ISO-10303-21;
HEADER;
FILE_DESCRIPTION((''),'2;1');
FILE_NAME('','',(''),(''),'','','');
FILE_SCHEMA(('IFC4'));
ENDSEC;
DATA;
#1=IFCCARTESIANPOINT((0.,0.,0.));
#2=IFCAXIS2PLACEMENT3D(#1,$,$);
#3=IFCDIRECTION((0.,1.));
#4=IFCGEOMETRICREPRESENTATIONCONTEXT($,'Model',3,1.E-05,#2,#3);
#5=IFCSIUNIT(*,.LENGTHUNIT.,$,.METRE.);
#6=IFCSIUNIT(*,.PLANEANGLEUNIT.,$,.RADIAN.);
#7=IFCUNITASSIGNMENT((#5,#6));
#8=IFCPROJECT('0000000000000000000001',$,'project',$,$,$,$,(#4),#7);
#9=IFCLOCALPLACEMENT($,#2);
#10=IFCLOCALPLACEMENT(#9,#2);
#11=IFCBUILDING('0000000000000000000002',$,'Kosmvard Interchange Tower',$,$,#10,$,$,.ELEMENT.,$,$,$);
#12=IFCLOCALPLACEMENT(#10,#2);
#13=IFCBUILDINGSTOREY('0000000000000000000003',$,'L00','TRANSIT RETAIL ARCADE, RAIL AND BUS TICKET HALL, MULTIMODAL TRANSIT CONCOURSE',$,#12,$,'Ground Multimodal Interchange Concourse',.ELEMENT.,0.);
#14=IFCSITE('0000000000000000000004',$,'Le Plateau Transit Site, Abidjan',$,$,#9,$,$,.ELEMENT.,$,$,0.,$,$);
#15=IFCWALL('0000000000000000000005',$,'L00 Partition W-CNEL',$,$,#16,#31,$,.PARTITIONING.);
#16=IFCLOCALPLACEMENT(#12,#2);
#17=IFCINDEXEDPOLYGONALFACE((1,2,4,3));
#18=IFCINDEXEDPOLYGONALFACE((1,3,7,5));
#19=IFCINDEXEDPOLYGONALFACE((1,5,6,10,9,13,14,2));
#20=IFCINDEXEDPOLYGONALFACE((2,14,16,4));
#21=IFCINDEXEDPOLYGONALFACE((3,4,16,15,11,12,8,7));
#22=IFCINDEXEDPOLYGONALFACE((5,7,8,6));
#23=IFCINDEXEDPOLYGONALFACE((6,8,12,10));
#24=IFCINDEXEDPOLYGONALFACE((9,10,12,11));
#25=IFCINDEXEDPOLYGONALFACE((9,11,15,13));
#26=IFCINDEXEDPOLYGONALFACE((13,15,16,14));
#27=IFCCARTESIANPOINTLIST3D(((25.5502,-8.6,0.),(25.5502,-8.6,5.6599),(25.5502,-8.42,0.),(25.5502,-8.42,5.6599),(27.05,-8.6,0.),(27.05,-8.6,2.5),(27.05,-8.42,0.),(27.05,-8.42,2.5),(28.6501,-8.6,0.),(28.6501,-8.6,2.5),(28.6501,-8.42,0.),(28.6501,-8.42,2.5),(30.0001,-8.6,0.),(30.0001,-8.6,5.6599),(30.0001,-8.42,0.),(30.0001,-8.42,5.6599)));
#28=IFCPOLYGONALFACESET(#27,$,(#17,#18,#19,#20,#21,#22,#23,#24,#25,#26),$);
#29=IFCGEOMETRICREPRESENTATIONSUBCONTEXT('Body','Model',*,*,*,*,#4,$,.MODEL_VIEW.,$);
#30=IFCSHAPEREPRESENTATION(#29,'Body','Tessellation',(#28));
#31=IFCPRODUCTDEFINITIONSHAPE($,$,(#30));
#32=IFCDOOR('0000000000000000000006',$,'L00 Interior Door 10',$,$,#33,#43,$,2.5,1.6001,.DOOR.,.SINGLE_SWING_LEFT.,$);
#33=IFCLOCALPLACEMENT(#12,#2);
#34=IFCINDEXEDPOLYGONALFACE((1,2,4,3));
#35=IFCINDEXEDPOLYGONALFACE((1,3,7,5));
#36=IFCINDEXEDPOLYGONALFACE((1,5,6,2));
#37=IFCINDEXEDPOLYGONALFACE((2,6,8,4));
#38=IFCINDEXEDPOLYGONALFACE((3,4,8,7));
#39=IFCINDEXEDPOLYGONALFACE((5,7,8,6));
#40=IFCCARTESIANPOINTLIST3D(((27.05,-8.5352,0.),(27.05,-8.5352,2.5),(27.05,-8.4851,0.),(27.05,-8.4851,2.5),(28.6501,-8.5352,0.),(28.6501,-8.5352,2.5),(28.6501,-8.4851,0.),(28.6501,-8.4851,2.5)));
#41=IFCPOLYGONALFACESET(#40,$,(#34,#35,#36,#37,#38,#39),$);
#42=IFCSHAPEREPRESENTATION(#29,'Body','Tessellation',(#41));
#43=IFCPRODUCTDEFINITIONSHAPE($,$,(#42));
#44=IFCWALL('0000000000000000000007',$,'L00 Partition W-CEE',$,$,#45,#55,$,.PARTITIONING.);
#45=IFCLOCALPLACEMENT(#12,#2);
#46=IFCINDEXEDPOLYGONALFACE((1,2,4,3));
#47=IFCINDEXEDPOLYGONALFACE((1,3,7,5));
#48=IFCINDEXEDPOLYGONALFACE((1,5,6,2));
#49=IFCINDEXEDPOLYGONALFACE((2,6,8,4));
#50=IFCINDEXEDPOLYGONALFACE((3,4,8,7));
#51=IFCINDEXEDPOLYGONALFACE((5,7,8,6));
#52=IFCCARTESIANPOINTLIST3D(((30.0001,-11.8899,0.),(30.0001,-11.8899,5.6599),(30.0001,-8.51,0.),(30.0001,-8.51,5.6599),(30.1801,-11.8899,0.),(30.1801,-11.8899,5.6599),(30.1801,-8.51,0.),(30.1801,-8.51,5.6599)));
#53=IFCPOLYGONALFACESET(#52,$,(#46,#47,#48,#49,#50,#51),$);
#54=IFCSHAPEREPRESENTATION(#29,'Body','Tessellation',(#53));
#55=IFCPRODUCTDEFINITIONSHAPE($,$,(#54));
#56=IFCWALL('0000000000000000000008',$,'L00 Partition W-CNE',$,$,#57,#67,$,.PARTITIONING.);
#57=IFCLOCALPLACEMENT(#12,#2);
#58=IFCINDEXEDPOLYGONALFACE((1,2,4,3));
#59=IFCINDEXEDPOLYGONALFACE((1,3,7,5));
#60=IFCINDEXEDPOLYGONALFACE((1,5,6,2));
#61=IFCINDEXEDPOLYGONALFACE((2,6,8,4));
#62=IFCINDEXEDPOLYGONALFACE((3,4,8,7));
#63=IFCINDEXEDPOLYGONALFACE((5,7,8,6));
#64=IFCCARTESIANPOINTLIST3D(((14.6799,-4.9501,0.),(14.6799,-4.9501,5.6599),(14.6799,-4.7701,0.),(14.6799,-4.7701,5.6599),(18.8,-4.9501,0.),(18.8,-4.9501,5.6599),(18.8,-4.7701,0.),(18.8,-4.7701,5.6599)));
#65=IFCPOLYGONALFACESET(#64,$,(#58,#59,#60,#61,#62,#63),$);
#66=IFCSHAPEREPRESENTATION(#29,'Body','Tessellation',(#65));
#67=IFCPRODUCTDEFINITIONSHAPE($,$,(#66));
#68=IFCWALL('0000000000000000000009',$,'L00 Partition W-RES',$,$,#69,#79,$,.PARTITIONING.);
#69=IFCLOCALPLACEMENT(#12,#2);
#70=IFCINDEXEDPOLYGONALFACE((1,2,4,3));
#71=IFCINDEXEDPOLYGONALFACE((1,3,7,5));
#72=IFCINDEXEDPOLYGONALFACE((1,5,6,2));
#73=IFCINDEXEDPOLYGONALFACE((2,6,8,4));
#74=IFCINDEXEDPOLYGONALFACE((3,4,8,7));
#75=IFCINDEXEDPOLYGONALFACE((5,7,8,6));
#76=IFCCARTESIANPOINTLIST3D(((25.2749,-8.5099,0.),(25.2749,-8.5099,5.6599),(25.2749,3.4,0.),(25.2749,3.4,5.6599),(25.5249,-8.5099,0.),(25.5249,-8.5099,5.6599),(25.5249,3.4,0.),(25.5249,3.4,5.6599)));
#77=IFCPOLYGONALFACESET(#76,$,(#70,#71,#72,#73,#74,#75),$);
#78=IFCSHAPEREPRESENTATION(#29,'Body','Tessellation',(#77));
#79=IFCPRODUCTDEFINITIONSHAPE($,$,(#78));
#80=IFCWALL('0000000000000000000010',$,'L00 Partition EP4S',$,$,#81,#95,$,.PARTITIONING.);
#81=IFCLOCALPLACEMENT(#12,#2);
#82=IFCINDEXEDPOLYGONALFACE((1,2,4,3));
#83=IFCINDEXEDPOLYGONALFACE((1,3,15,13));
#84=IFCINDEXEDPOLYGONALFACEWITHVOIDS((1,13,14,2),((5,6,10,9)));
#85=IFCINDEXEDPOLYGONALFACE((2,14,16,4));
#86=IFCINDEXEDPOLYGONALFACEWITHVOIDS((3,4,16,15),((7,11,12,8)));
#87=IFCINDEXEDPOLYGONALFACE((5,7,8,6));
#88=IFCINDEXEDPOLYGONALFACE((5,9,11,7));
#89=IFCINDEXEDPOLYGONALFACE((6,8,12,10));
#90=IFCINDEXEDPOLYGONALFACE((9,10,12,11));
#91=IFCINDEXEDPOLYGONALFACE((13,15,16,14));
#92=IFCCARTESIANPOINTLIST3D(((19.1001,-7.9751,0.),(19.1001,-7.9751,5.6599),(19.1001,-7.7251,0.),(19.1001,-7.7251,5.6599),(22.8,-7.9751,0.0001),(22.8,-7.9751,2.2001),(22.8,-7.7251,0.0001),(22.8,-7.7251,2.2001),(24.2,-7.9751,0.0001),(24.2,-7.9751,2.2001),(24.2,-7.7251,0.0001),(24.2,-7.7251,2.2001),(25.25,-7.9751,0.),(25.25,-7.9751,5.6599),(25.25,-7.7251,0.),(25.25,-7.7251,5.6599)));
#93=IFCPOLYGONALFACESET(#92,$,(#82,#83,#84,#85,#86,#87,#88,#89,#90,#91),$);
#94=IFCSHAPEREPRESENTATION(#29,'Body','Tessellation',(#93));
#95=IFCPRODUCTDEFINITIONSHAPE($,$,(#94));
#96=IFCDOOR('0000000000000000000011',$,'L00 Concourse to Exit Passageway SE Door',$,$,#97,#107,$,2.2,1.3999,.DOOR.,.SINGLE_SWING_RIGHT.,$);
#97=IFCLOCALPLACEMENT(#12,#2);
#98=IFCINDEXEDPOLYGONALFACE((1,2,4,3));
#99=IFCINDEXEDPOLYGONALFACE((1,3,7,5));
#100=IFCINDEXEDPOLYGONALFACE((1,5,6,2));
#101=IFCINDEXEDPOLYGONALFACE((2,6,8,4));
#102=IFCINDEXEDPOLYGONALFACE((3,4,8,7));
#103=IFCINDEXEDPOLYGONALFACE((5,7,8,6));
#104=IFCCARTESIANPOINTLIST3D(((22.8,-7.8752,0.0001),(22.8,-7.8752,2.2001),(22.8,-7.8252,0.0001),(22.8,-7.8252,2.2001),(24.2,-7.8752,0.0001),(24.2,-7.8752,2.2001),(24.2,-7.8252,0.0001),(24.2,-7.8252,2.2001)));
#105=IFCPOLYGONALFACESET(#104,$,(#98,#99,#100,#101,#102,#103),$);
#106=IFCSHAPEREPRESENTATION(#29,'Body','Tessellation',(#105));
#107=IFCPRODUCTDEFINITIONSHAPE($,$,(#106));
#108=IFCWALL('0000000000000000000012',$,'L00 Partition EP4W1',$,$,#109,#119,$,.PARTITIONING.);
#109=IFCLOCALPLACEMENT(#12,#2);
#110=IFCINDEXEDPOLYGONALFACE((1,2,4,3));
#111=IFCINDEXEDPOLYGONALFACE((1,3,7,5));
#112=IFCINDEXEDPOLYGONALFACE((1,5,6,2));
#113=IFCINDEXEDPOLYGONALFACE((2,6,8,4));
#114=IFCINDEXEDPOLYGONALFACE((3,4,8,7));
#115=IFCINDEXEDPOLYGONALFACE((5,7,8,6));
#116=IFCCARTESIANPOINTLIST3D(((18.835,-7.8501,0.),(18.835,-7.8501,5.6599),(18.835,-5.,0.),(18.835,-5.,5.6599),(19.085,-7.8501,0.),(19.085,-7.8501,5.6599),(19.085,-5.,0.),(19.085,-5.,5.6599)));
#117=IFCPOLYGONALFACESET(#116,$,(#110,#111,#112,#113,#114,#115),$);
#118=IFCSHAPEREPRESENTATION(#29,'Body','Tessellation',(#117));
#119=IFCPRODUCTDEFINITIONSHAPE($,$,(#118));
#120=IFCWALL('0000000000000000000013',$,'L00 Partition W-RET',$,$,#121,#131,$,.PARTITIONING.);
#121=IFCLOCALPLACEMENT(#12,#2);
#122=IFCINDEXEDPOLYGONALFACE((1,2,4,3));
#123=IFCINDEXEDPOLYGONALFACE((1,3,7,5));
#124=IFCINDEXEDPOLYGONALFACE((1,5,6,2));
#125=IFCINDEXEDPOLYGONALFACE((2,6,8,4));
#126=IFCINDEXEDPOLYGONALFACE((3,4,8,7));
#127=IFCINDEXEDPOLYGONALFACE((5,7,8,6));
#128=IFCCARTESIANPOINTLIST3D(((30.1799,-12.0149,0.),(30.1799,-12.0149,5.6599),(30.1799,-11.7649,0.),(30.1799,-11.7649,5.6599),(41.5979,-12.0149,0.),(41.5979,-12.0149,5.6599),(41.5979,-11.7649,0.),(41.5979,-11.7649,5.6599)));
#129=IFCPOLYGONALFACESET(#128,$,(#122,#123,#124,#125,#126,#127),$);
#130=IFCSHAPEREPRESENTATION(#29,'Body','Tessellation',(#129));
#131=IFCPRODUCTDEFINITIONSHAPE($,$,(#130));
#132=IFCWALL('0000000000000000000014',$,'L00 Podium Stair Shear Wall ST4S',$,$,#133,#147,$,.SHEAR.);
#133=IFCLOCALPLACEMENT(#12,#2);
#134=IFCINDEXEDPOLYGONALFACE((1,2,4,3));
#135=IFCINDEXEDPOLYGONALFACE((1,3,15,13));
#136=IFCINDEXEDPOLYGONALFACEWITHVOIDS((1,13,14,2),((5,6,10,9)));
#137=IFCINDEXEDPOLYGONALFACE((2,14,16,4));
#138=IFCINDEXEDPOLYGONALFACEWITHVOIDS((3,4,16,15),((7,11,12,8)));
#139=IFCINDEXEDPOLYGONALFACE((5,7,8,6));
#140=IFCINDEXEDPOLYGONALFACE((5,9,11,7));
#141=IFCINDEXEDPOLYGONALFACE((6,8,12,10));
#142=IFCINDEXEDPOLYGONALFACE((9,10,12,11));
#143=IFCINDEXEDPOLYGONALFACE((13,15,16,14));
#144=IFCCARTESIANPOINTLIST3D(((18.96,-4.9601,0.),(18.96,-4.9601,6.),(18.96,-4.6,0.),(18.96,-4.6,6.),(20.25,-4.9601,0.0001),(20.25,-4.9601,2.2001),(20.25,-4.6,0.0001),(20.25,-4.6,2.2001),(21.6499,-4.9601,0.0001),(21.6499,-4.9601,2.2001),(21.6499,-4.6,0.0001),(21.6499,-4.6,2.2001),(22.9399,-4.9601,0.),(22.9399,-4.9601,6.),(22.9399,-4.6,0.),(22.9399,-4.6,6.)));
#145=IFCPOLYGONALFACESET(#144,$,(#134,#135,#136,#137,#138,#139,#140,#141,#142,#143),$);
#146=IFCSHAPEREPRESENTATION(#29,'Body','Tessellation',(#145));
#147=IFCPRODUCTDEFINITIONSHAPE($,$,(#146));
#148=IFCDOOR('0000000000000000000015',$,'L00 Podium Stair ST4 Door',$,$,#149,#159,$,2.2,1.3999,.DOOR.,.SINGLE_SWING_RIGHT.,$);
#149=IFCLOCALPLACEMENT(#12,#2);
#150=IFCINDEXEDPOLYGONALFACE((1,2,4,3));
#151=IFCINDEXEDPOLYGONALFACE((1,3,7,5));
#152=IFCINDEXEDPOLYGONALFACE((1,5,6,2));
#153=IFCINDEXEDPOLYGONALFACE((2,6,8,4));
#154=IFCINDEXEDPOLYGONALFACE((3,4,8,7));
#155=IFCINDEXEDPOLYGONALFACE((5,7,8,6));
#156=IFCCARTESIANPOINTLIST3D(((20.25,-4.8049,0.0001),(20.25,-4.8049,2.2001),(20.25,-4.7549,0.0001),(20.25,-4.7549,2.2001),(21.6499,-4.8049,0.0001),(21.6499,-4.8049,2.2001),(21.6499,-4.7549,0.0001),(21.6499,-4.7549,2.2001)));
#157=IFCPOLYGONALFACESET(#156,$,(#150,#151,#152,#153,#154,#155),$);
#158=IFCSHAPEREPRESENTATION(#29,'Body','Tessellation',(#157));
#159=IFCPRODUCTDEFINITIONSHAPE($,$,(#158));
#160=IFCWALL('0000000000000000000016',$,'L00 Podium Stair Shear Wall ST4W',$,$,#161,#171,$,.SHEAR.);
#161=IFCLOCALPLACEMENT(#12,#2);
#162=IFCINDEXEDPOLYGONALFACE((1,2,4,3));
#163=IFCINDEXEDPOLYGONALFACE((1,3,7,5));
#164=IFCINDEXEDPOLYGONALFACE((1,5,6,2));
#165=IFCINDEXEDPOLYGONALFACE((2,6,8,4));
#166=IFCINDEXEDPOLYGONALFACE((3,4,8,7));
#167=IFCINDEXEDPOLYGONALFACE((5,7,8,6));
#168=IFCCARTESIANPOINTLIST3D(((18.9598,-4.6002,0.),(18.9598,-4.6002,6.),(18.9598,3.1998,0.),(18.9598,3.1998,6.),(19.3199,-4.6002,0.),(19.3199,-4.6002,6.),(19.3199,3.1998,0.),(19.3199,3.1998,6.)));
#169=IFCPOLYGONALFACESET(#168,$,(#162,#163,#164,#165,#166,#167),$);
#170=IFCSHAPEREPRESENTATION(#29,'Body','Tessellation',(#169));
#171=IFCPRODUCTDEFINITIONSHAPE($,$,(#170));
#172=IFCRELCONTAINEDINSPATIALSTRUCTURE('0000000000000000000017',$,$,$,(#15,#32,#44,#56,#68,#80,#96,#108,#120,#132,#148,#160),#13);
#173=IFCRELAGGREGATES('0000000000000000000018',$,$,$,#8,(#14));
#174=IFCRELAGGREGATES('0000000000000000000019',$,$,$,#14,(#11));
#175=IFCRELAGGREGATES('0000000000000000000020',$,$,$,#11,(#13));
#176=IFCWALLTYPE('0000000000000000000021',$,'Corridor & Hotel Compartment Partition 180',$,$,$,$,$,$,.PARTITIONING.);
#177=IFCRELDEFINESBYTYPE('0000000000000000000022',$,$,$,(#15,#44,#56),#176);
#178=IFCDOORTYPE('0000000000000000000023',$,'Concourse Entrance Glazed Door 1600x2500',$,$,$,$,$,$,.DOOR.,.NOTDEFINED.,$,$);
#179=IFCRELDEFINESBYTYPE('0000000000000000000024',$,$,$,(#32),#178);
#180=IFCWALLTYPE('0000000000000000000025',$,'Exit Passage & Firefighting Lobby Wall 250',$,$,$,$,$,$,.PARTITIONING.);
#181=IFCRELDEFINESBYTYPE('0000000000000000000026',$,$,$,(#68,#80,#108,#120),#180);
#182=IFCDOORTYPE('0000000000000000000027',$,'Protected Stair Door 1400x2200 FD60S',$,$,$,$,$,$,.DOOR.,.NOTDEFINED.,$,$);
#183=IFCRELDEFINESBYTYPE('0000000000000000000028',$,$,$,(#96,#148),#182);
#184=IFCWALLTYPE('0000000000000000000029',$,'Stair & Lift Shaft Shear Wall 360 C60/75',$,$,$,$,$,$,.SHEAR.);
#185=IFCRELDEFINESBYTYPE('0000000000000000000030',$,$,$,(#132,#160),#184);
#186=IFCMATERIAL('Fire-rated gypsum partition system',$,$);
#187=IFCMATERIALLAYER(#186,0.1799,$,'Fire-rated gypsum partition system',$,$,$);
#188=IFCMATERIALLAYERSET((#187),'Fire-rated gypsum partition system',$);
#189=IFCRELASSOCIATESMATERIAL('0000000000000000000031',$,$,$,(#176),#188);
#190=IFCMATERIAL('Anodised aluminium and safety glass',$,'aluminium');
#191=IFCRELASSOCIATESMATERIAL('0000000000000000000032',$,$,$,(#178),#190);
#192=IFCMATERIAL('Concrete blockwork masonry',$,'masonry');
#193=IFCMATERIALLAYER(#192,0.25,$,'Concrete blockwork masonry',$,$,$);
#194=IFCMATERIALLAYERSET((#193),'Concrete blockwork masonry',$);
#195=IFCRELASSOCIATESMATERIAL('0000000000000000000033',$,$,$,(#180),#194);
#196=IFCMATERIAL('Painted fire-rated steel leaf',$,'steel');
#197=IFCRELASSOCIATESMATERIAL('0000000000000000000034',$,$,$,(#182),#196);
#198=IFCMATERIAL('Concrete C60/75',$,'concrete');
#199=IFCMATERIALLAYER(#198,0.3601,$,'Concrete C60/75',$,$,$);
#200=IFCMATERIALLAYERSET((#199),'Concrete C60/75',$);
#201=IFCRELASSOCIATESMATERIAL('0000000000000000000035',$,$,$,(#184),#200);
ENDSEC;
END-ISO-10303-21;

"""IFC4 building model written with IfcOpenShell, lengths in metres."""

from ifc_helpers import new_model, si_unit, direction, frame, frame_2d, origin, place, context, subcontext, project, spatial, rectangle, extrude, source, transform, mapped, material, layer, layer_set, type_object, element, fill, save


model = new_model("IFC4")

# Units and contexts
model_context = context("Model", 3, precision=1e-05, world=origin(), true_north=direction((0.0, 1.0)))
body_context = subcontext(model_context, "Body", "Model", "MODEL_VIEW")
ifc_project = project(units=[si_unit("LENGTHUNIT", "METRE"), si_unit("PLANEANGLEUNIT", "RADIAN")], contexts=[model_context])

# Site, building, storey
site_placement = place(None, origin())
site = spatial("IfcSite", under=ifc_project, at=site_placement, Name="Le Plateau Transit Site, Abidjan", CompositionType="ELEMENT", RefElevation=0.0)
building_placement = place(site_placement, origin())
building = spatial("IfcBuilding", under=site, at=building_placement, Name="Kosmvard Interchange Tower", CompositionType="ELEMENT")
storey_placement = place(building_placement, origin())
storey = spatial("IfcBuildingStorey", under=building, at=storey_placement, Name="L00", Description="TRANSIT RETAIL ARCADE, RAIL AND BUS TICKET HALL, MULTIMODAL TRANSIT CONCOURSE", LongName="Ground Multimodal Interchange Concourse", CompositionType="ELEMENT", Elevation=0.0)

# Shared definitions
ifc_material_1 = material(Name="Concrete C60/75", Category="concrete")

# Wall, opening, door
ifc_material_2 = material(Name="Fire-rated gypsum partition system")
ifc_layer_1 = layer(ifc_material_2, 0.1799, Name="Fire-rated gypsum partition system")
ifc_layer_set_1 = layer_set([ifc_layer_1], Name="Fire-rated gypsum partition system")
wall_type_1 = type_object("IfcWallType", Name="Corridor & Hotel Compartment Partition 180", PredefinedType="PARTITIONING", material=ifc_layer_set_1)
wall_1_placement = place(storey_placement, frame((25.55, -8.51, 0.0), z_axis=(0.0, 0.0, 1.0), x_axis=(1.0, 0.0, 0.0)))
wall_1 = element("IfcWall", 1, at=wall_1_placement, inside=storey, type_object=wall_type_1, Name="L00 Partition W-CNEL", PredefinedType="PARTITIONING", context=body_context, shape_type="SweptSolid", body=[
    extrude(rectangle(XDim=4.45, YDim=0.1799, at=frame_2d((2.2251, 0.0))), origin(), (0.0, 0.0, 1.0), 5.6599),
])
opening_1_placement = place(wall_1_placement, frame((1.5, 0.0, 0.0)))
opening_1 = element("IfcOpeningElement", 2, at=opening_1_placement, cuts=wall_1, PredefinedType="OPENING", context=body_context, shape_type="SweptSolid", body=[
    extrude(rectangle(XDim=1.6001, YDim=2.5, at=frame_2d((0.8, 1.25))), frame((0.0, 0.1001, 0.0), z_axis=(0.0, -1.0, 0.0), x_axis=(1.0, 0.0, 0.0)), (0.0, 0.0, 1.0), 0.2),
])
ifc_material_3 = material(Name="Anodised aluminium and safety glass", Category="aluminium")
door_type_1 = type_object("IfcDoorType", Name="Concourse Entrance Glazed Door 1600x2500", OperationType="NOTDEFINED", PredefinedType="DOOR", material=ifc_material_3)
shared_shape_1 = source(origin(), body_context, "Body", "SweptSolid", [
    extrude(rectangle(XDim=1.6001, YDim=2.5, at=frame_2d((0.8, 1.25))), frame((0.0, 0.0249, 0.0), z_axis=(0.0, -1.0, 0.0), x_axis=(1.0, 0.0, 0.0)), (0.0, 0.0, 1.0), 0.05),
])
door_1_placement = place(opening_1_placement, origin())
door_1 = element("IfcDoor", 3, at=door_1_placement, inside=storey, type_object=door_type_1, Name="L00 Interior Door 10", OperationType="SINGLE_SWING_LEFT", OverallHeight=2.5, OverallWidth=1.6001, PredefinedType="DOOR", context=body_context, shape_type="MappedRepresentation", body=[
    mapped(shared_shape_1, transform((0.0, 0.0, 0.0), scale=1.0)),
])
fill(opening_1, door_1)

# Walls
wall_2_placement = place(storey_placement, frame((30.0901, -11.8899, 0.0), z_axis=(0.0, 0.0, 1.0), x_axis=(0.0, 1.0, 0.0)))
element("IfcWall", 4, at=wall_2_placement, inside=storey, type_object=wall_type_1, Name="L00 Partition W-CEE", PredefinedType="PARTITIONING", context=body_context, shape_type="SweptSolid", body=[
    extrude(rectangle(XDim=3.3799, YDim=0.1799, at=frame_2d((1.6899, 0.0))), origin(), (0.0, 0.0, 1.0), 5.6599),
])
wall_3_placement = place(storey_placement, frame((14.6799, -4.8601, 0.0), z_axis=(0.0, 0.0, 1.0), x_axis=(1.0, 0.0, 0.0)))
element("IfcWall", 5, at=wall_3_placement, inside=storey, type_object=wall_type_1, Name="L00 Partition W-CNE", PredefinedType="PARTITIONING", context=body_context, shape_type="SweptSolid", body=[
    extrude(rectangle(XDim=4.1201, YDim=0.1799, at=frame_2d((2.0601, 0.0))), origin(), (0.0, 0.0, 1.0), 5.6599),
])
ifc_material_4 = material(Name="Concrete blockwork masonry", Category="masonry")
ifc_layer_2 = layer(ifc_material_4, 0.25, Name="Concrete blockwork masonry")
ifc_layer_set_2 = layer_set([ifc_layer_2], Name="Concrete blockwork masonry")
wall_type_2 = type_object("IfcWallType", Name="Exit Passage & Firefighting Lobby Wall 250", PredefinedType="PARTITIONING", material=ifc_layer_set_2)
wall_4_placement = place(storey_placement, frame((25.3999, -8.51, 0.0), z_axis=(0.0, 0.0, 1.0), x_axis=(0.0, 1.0, 0.0)))
element("IfcWall", 6, at=wall_4_placement, inside=storey, type_object=wall_type_2, Name="L00 Partition W-RES", PredefinedType="PARTITIONING", context=body_context, shape_type="SweptSolid", body=[
    extrude(rectangle(XDim=11.9099, YDim=0.25, at=frame_2d((5.9551, 0.0))), origin(), (0.0, 0.0, 1.0), 5.6599),
])

# Wall, opening, door
wall_5_placement = place(storey_placement, frame((19.1001, -7.8501, 0.0), z_axis=(0.0, 0.0, 1.0), x_axis=(1.0, 0.0, 0.0)))
wall_5 = element("IfcWall", 7, at=wall_5_placement, inside=storey, type_object=wall_type_2, Name="L00 Partition EP4S", PredefinedType="PARTITIONING", context=body_context, shape_type="SweptSolid", body=[
    extrude(rectangle(XDim=6.1499, YDim=0.25, at=frame_2d((3.075, 0.0))), origin(), (0.0, 0.0, 1.0), 5.6599),
])
opening_2_placement = place(wall_5_placement, frame((3.7, 0.0, 0.0)))
opening_2 = element("IfcOpeningElement", 8, at=opening_2_placement, cuts=wall_5, PredefinedType="OPENING", context=body_context, shape_type="SweptSolid", body=[
    extrude(rectangle(XDim=1.3999, YDim=2.2, at=frame_2d((0.7, 1.1001))), frame((0.0, 0.135, 0.0), z_axis=(0.0, -1.0, 0.0), x_axis=(1.0, 0.0, 0.0)), (0.0, 0.0, 1.0), 0.27),
])
ifc_material_5 = material(Name="Painted fire-rated steel leaf", Category="steel")
door_type_2 = type_object("IfcDoorType", Name="Protected Stair Door 1400x2200 FD60S", OperationType="NOTDEFINED", PredefinedType="DOOR", material=ifc_material_5)
shared_shape_2 = source(origin(), body_context, "Body", "SweptSolid", [
    extrude(rectangle(XDim=1.3999, YDim=2.2, at=frame_2d((0.7, 1.1001))), frame((0.0, 0.0249, 0.0), z_axis=(0.0, -1.0, 0.0), x_axis=(1.0, 0.0, 0.0)), (0.0, 0.0, 1.0), 0.05),
])
door_2_placement = place(opening_2_placement, origin())
door_2 = element("IfcDoor", 9, at=door_2_placement, inside=storey, type_object=door_type_2, Name="L00 Concourse to Exit Passageway SE Door", OperationType="SINGLE_SWING_RIGHT", OverallHeight=2.2, OverallWidth=1.3999, PredefinedType="DOOR", context=body_context, shape_type="MappedRepresentation", body=[
    mapped(shared_shape_2, transform((0.0, 0.0, 0.0), scale=1.0)),
])
fill(opening_2, door_2)

# Walls
wall_6_placement = place(storey_placement, frame((18.96, -7.8501, 0.0), z_axis=(0.0, 0.0, 1.0), x_axis=(0.0, 1.0, 0.0)))
element("IfcWall", 10, at=wall_6_placement, inside=storey, type_object=wall_type_2, Name="L00 Partition EP4W1", PredefinedType="PARTITIONING", context=body_context, shape_type="SweptSolid", body=[
    extrude(rectangle(XDim=2.8501, YDim=0.25, at=frame_2d((1.425, 0.0))), origin(), (0.0, 0.0, 1.0), 5.6599),
])
wall_7_placement = place(storey_placement, frame((30.1799, -11.8899, 0.0), z_axis=(0.0, 0.0, 1.0), x_axis=(1.0, 0.0, 0.0)))
element("IfcWall", 11, at=wall_7_placement, inside=storey, type_object=wall_type_2, Name="L00 Partition W-RET", PredefinedType="PARTITIONING", context=body_context, shape_type="SweptSolid", body=[
    extrude(rectangle(XDim=11.418, YDim=0.25, at=frame_2d((5.709, 0.0))), origin(), (0.0, 0.0, 1.0), 5.6599),
])

# Wall, opening, door
ifc_layer_3 = layer(ifc_material_1, 0.3601, Name="Concrete C60/75")
ifc_layer_set_3 = layer_set([ifc_layer_3], Name="Concrete C60/75")
wall_type_3 = type_object("IfcWallType", Name="Stair & Lift Shaft Shear Wall 360 C60/75", PredefinedType="SHEAR", material=ifc_layer_set_3)
wall_8_placement = place(storey_placement, frame((18.96, -4.78, 0.0), z_axis=(0.0, 0.0, 1.0), x_axis=(1.0, 0.0, 0.0)))
wall_8 = element("IfcWall", 12, at=wall_8_placement, inside=storey, type_object=wall_type_3, Name="L00 Podium Stair Shear Wall ST4S", PredefinedType="SHEAR", context=body_context, shape_type="SweptSolid", body=[
    extrude(rectangle(XDim=3.98, YDim=0.3601, at=frame_2d((1.99, 0.0))), origin(), (0.0, 0.0, 1.0), 6.0),
])
opening_3_placement = place(wall_8_placement, frame((1.29, 0.0, 0.0)))
opening_3 = element("IfcOpeningElement", 13, at=opening_3_placement, cuts=wall_8, PredefinedType="OPENING", context=body_context, shape_type="SweptSolid", body=[
    extrude(rectangle(XDim=1.3999, YDim=2.2, at=frame_2d((0.7, 1.1001))), frame((0.0, 0.1899, 0.0), z_axis=(0.0, -1.0, 0.0), x_axis=(1.0, 0.0, 0.0)), (0.0, 0.0, 1.0), 0.3801),
])
door_3_placement = place(opening_3_placement, frame((1.3999, 0.0, 0.0), z_axis=(0.0, 0.0, 1.0), x_axis=(-1.0, 0.0, 0.0)))
door_3 = element("IfcDoor", 14, at=door_3_placement, inside=storey, type_object=door_type_2, Name="L00 Podium Stair ST4 Door", OperationType="SINGLE_SWING_RIGHT", OverallHeight=2.2, OverallWidth=1.3999, PredefinedType="DOOR", context=body_context, shape_type="MappedRepresentation", body=[
    mapped(shared_shape_2, transform((0.0, 0.0, 0.0), scale=1.0)),
])
fill(opening_3, door_3)

# Wall
for number, where, z_axis, x_axis, name in (
    (15, (19.1399, -4.6001, 0.0), (0.0, 0.0, 1.0), (0.0, 1.0, 0.0), "L00 Podium Stair Shear Wall ST4W"),
):
    element("IfcWall", number, at=place(storey_placement, frame(where, z_axis=z_axis, x_axis=x_axis)), inside=storey, type_object=wall_type_3, Name=name, PredefinedType="SHEAR", context=body_context, shape_type="SweptSolid", body=[
        extrude(rectangle(XDim=7.8, YDim=0.3601, at=frame_2d((3.8999, 0.0))), origin(), (0.0, 0.0, 1.0), 6.0),
    ])

save(model, "model.ifc")
